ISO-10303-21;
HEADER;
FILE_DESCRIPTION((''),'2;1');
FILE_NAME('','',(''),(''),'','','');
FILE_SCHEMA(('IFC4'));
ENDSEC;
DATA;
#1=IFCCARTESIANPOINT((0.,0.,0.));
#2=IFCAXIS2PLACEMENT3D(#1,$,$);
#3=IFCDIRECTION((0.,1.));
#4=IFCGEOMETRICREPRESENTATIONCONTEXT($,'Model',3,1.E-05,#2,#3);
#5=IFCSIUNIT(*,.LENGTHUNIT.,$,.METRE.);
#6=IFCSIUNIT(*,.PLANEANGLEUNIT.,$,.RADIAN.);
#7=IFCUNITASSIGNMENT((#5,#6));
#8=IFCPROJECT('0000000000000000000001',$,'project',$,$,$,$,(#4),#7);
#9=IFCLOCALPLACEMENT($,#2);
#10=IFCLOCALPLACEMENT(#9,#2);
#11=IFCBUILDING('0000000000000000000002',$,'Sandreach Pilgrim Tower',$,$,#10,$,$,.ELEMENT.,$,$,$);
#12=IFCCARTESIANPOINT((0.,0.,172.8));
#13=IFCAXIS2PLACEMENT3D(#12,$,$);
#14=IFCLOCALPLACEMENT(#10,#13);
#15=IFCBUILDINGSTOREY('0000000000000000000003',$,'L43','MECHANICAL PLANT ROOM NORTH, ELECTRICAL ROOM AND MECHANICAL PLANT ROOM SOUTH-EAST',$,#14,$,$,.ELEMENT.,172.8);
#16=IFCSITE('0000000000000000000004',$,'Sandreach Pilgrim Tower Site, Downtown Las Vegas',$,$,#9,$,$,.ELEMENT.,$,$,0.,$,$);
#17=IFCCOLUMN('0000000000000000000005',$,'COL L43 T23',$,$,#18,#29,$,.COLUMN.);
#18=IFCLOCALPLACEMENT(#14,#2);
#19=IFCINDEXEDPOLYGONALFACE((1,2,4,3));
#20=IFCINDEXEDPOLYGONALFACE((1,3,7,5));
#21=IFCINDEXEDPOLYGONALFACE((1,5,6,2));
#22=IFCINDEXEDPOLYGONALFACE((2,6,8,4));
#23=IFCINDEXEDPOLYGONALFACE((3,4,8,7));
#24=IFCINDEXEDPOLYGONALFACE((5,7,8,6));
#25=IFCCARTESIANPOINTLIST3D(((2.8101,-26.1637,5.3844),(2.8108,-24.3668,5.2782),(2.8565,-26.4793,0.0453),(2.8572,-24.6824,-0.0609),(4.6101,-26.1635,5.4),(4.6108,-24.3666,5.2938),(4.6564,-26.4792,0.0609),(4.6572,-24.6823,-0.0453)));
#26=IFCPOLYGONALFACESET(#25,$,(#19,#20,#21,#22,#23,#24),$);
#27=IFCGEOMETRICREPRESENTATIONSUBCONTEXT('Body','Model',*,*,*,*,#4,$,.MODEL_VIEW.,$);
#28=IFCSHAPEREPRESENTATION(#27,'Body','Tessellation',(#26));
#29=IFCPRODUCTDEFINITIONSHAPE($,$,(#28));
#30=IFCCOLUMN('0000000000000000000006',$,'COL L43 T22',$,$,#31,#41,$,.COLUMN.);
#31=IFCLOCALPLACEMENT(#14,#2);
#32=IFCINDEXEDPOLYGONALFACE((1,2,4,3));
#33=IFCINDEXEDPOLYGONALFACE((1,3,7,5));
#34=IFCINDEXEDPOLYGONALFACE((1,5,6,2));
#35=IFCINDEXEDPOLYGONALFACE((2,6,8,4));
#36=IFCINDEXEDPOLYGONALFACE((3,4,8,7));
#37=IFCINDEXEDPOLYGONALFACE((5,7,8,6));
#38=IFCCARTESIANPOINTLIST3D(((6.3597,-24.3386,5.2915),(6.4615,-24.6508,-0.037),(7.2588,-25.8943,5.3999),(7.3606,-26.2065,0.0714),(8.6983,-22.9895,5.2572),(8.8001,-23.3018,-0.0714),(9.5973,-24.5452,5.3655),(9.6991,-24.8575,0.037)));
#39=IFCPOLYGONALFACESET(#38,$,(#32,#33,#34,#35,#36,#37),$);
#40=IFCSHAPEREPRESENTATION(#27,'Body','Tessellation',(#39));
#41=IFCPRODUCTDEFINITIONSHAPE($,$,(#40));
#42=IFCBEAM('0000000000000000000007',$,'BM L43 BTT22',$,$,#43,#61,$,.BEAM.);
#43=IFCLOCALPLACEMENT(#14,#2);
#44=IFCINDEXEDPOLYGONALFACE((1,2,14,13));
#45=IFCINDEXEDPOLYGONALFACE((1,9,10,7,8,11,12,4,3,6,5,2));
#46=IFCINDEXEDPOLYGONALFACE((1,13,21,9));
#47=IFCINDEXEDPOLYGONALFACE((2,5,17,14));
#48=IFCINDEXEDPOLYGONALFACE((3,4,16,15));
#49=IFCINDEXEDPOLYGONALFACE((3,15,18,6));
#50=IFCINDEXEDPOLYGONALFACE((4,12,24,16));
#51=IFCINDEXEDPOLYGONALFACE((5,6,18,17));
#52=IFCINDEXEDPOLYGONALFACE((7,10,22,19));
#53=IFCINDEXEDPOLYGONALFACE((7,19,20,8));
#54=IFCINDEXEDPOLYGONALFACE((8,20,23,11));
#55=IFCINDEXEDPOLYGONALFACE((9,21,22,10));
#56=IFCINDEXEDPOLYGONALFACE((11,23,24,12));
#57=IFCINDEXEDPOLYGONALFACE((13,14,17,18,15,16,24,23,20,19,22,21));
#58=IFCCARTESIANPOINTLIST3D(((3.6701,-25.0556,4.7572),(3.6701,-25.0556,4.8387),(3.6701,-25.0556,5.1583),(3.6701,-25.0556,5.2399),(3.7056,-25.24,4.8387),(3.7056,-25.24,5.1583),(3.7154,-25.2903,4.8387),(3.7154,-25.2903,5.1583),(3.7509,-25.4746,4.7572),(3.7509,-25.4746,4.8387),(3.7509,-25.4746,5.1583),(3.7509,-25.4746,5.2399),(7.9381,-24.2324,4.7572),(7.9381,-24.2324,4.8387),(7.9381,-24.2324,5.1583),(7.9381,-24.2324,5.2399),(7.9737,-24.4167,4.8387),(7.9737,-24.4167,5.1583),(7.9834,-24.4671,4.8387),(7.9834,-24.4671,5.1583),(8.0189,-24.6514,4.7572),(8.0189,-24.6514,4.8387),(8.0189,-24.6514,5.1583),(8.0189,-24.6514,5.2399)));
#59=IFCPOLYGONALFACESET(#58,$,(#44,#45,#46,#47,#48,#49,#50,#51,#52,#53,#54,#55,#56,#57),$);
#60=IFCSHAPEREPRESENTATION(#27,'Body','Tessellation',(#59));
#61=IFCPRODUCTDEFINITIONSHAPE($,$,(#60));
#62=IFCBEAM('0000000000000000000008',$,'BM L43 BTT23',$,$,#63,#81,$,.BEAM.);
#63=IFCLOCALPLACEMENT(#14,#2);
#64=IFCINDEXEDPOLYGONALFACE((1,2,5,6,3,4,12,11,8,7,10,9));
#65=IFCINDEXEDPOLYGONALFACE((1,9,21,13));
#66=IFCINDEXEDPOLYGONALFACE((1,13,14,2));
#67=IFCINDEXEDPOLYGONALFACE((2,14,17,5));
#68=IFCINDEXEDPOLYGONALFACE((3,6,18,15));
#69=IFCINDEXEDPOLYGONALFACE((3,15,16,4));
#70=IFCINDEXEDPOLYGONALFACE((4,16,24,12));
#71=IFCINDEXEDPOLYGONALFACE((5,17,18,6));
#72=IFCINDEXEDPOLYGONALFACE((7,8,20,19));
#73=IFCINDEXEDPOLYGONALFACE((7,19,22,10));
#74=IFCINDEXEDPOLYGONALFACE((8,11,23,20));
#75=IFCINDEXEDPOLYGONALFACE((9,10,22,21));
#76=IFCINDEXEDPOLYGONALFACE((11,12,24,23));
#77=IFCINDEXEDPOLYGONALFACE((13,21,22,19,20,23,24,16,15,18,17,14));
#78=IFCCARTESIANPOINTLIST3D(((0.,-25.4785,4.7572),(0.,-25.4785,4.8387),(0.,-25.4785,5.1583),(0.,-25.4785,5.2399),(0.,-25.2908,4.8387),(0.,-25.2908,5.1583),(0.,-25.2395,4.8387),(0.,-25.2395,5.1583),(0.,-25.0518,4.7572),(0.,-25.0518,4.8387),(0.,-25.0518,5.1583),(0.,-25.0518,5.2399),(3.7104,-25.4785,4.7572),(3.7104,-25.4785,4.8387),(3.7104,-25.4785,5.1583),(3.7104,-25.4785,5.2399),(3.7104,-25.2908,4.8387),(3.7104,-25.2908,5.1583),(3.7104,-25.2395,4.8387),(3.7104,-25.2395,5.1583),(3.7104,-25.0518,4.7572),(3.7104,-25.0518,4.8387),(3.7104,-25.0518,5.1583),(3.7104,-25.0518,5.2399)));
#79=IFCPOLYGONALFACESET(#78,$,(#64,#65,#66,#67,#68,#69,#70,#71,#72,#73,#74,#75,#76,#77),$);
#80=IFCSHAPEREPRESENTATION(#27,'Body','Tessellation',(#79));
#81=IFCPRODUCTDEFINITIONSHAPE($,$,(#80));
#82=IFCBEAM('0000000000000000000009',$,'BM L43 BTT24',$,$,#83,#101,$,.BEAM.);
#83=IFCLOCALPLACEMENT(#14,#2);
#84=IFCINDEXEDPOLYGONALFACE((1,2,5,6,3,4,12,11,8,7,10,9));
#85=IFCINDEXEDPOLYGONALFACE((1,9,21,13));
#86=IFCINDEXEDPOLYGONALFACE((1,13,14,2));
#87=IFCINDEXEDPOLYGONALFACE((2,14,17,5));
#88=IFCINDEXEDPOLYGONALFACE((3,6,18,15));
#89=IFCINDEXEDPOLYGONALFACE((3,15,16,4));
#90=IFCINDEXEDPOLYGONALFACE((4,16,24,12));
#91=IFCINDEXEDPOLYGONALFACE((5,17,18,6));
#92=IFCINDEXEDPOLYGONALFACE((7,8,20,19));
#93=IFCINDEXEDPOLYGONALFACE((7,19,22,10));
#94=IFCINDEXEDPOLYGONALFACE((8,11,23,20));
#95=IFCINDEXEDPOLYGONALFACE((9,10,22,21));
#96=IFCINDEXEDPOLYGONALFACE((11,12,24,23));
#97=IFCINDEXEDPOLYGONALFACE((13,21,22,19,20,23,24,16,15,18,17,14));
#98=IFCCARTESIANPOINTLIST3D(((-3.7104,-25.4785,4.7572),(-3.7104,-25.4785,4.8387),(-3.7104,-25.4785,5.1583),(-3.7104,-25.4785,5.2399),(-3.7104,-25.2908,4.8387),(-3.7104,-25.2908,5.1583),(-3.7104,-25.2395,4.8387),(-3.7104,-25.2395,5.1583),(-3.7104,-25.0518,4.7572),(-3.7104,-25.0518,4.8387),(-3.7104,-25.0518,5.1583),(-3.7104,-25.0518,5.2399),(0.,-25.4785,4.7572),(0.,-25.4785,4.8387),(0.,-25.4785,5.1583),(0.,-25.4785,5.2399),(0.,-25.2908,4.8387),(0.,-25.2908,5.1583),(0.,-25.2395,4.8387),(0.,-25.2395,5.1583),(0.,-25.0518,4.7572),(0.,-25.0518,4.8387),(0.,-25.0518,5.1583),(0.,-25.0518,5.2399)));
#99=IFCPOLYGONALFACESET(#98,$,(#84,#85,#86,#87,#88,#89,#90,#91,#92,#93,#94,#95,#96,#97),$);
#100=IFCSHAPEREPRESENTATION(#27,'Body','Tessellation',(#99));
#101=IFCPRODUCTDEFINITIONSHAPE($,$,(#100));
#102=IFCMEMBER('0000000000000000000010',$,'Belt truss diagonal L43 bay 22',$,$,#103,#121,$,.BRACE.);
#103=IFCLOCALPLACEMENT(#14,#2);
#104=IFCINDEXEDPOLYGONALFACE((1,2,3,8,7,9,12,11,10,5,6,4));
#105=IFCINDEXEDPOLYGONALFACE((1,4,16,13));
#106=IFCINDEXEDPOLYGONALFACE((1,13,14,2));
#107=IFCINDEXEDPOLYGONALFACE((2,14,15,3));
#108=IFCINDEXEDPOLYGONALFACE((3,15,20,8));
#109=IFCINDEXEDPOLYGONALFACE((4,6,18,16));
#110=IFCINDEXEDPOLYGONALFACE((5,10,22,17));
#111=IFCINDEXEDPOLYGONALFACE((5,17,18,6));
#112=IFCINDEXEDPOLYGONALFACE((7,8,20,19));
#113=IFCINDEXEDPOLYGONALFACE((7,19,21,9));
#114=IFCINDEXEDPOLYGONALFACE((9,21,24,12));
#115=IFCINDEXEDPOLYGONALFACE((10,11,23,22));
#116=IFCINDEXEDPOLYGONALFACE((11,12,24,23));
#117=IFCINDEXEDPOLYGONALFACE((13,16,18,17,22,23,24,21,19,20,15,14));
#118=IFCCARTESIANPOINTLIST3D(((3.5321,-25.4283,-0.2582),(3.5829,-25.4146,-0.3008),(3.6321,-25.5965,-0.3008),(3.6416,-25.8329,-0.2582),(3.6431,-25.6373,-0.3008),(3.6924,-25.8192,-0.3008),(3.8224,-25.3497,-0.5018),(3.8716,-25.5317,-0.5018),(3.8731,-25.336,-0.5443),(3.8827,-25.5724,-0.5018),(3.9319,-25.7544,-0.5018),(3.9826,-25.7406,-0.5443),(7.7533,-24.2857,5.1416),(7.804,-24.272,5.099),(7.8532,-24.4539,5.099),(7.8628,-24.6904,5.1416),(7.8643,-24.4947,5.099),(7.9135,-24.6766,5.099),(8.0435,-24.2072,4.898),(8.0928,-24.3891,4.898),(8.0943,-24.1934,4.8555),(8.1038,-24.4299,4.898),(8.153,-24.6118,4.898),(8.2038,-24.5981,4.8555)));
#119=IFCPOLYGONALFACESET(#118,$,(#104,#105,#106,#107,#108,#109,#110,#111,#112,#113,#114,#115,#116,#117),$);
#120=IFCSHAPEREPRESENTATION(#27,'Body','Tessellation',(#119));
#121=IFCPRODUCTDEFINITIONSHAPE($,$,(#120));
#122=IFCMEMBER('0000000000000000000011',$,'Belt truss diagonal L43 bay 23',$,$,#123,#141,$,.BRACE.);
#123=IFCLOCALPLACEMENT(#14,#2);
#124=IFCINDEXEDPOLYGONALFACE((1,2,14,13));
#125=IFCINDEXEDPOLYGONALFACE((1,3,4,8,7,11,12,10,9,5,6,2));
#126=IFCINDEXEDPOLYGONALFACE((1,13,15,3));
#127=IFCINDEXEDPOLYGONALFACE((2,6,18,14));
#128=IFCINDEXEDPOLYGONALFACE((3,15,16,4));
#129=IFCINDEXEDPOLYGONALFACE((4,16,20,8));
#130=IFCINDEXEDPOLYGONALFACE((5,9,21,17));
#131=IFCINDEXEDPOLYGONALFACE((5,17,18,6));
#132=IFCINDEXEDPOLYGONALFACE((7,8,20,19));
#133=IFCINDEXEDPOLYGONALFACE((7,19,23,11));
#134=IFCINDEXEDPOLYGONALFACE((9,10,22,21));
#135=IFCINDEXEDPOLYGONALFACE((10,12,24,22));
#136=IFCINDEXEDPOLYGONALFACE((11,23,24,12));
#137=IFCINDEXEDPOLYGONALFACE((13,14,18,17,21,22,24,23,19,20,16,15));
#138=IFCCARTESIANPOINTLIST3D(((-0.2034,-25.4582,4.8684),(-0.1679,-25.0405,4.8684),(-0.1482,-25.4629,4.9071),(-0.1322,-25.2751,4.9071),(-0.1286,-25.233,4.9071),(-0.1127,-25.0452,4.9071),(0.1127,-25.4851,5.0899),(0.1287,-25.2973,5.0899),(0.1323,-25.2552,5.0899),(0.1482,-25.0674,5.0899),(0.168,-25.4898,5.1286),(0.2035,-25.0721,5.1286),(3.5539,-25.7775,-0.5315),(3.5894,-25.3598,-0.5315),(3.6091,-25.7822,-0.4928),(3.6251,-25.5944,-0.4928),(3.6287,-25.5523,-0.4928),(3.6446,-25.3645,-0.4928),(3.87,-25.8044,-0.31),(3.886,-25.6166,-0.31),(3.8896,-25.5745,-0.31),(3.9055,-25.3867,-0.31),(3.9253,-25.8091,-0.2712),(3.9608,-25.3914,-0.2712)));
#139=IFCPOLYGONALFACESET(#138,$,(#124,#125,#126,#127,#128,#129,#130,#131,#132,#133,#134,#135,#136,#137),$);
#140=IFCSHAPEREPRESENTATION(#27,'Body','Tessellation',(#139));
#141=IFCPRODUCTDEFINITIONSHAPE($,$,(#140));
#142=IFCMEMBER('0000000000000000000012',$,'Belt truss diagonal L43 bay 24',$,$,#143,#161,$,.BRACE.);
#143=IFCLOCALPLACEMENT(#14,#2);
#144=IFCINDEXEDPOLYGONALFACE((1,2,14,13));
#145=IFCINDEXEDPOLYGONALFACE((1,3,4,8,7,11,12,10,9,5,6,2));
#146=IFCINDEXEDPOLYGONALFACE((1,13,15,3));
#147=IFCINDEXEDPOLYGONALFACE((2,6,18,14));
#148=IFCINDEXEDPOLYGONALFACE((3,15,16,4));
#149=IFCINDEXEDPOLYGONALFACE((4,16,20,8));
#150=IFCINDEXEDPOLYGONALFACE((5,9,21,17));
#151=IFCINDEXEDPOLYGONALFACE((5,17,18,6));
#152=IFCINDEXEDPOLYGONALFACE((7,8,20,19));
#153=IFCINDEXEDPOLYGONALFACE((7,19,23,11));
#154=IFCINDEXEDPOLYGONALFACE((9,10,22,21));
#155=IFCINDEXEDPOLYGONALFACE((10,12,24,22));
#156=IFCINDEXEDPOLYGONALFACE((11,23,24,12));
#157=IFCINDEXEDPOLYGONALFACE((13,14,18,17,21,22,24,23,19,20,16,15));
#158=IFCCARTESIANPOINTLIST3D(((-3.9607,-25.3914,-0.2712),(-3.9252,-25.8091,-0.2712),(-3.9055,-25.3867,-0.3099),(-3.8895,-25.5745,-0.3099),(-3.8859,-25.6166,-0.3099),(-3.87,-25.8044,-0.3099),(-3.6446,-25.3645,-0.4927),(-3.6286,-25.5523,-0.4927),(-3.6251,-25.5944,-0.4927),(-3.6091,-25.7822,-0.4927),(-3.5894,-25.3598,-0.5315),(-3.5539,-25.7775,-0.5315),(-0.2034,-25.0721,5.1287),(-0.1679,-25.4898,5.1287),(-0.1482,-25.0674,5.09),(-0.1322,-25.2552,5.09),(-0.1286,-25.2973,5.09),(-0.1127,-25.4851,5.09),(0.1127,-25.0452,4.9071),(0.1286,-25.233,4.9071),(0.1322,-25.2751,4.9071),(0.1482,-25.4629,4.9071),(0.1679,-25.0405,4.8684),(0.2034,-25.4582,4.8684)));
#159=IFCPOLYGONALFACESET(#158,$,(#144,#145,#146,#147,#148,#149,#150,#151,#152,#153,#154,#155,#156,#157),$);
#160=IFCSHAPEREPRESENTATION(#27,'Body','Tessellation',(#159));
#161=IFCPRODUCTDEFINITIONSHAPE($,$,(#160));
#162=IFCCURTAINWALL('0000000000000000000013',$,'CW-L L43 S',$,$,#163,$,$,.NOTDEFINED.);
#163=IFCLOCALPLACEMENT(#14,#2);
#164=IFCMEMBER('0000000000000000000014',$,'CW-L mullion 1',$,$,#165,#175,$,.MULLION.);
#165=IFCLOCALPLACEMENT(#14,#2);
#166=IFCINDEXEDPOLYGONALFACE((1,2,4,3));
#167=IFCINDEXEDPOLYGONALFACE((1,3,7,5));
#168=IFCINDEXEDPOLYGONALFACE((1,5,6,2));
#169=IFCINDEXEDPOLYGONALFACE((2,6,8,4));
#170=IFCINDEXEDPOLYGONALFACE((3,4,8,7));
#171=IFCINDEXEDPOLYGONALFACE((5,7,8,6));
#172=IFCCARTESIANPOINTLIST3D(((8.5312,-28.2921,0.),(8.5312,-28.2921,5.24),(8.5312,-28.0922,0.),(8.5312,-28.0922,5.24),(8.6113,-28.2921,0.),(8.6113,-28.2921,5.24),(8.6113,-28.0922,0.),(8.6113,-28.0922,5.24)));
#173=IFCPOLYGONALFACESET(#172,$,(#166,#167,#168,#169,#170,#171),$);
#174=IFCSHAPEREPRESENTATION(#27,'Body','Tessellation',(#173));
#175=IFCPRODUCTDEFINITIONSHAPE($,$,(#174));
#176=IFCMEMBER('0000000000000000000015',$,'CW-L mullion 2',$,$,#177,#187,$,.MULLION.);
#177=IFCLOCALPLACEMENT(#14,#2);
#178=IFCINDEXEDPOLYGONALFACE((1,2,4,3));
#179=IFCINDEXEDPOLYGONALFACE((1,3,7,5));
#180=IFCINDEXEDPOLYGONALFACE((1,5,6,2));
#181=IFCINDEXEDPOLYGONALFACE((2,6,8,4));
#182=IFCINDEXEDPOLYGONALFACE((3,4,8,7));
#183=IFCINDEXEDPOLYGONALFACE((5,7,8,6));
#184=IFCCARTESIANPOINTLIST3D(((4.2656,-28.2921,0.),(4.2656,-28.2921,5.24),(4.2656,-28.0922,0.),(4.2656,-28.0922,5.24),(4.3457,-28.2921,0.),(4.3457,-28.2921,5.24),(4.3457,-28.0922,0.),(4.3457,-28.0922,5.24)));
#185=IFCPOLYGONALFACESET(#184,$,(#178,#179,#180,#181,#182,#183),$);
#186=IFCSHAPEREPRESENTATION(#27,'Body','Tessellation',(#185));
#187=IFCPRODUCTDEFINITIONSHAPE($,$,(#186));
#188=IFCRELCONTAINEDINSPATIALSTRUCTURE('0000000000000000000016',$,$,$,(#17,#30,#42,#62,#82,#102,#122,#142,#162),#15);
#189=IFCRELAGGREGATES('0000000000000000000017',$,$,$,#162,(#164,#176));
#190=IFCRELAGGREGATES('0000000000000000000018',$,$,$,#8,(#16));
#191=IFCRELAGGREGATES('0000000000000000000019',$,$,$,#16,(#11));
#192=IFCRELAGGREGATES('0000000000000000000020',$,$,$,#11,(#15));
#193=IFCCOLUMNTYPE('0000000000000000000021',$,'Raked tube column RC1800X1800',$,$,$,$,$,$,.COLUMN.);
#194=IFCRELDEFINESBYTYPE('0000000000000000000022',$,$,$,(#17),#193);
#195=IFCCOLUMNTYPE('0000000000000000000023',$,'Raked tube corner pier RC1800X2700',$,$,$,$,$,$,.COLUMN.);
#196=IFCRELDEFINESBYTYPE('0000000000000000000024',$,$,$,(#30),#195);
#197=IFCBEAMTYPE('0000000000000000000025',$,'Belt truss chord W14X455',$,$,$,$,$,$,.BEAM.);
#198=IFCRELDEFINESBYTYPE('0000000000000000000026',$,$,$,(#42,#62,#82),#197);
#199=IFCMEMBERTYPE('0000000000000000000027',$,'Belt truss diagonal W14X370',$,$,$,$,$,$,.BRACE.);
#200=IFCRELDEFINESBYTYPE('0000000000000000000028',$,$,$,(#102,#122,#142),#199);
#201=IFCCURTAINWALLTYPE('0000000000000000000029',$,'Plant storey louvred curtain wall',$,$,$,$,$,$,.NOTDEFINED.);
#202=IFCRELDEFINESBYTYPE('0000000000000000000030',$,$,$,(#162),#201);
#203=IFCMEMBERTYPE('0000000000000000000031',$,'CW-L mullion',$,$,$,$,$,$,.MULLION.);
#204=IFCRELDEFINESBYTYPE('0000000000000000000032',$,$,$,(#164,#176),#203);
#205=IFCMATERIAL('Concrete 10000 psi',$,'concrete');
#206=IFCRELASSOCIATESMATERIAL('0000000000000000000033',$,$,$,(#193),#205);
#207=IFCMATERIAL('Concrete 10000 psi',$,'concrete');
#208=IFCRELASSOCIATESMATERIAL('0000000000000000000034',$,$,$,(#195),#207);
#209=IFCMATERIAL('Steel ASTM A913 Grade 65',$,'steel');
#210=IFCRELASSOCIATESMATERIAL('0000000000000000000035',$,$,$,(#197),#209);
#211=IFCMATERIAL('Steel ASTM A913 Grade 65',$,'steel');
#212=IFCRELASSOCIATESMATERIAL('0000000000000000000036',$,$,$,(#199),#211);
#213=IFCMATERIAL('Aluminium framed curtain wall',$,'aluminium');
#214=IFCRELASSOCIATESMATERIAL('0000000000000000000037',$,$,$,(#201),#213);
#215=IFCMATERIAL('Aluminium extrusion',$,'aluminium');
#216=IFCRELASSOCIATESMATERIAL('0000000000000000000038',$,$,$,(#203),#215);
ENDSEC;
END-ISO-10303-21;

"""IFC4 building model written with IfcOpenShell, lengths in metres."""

from ifc_helpers import new_model, si_unit, direction, frame, origin, origin_2d, place, context, subcontext, project, spatial, rectangle, i_section, extrude, material, material_profile, profile_set, type_object, element, aggregate, save


model = new_model("IFC4")

# Units and contexts
model_context = context("Model", 3, precision=1e-05, world=origin(), true_north=direction((0.0, 1.0)))
body_context = subcontext(model_context, "Body", "Model", "MODEL_VIEW")
ifc_project = project(units=[si_unit("LENGTHUNIT", "METRE"), si_unit("PLANEANGLEUNIT", "RADIAN")], contexts=[model_context])

# Site, building, storey
site_placement = place(None, origin())
site = spatial("IfcSite", under=ifc_project, at=site_placement, Name="Sandreach Pilgrim Tower Site, Downtown Las Vegas", CompositionType="ELEMENT", RefElevation=0.0)
building_placement = place(site_placement, origin())
building = spatial("IfcBuilding", under=site, at=building_placement, Name="Sandreach Pilgrim Tower", CompositionType="ELEMENT")
storey_placement = place(building_placement, frame((0.0, 0.0, 172.8)))
storey = spatial("IfcBuildingStorey", under=building, at=storey_placement, Name="L43", Description="MECHANICAL PLANT ROOM NORTH, ELECTRICAL ROOM AND MECHANICAL PLANT ROOM SOUTH-EAST", CompositionType="ELEMENT", Elevation=172.8)

# Columns
ifc_material_1 = material(Name="Concrete 10000 psi", Category="concrete")
ifc_material_profile_1 = material_profile(ifc_material_1, rectangle(XDim=1.8, YDim=1.8, at=origin_2d()), Name="RC1800X1800")
ifc_profile_set_1 = profile_set([ifc_material_profile_1], Name="Concrete 10000 psi")
column_type_1 = type_object("IfcColumnType", Name="Raked tube column RC1800X1800", PredefinedType="COLUMN", material=ifc_profile_set_1)
column_1_placement = place(storey_placement, frame((3.7568, -25.5808, 0.0), z_axis=(-0.008673, 0.059019, 0.998219), x_axis=(-0.000428, -0.998257, 0.059018)))
element("IfcColumn", 1, at=column_1_placement, inside=storey, type_object=column_type_1, Name="COL L43 T23", PredefinedType="COLUMN", context=body_context, shape_type="SweptSolid", body=[
    extrude(rectangle(XDim=1.8, YDim=1.8, at=origin_2d()), origin(), (0.0, 0.0, 1.0), 5.3486),
])
ifc_material_2 = material(Name="Concrete 10000 psi", Category="concrete")
ifc_material_profile_2 = material_profile(ifc_material_2, rectangle(XDim=1.8, YDim=2.7, at=origin_2d()), Name="RC1800X2700")
ifc_profile_set_2 = profile_set([ifc_material_profile_2], Name="Concrete 10000 psi")
column_type_2 = type_object("IfcColumnType", Name="Raked tube corner pier RC1800X2700", PredefinedType="COLUMN", material=ifc_profile_set_2)
column_2_placement = place(storey_placement, frame((8.0803, -24.7542, 0.0), z_axis=(-0.019069, 0.058489, 0.998106), x_axis=(0.499452, -0.864249, 0.060187)))
element("IfcColumn", 2, at=column_2_placement, inside=storey, type_object=column_type_2, Name="COL L43 T22", PredefinedType="COLUMN", context=body_context, shape_type="SweptSolid", body=[
    extrude(rectangle(XDim=1.8, YDim=2.7, at=origin_2d()), origin(), (0.0, 0.0, 1.0), 5.3386),
])

# Beams
ifc_material_3 = material(Name="Steel ASTM A913 Grade 65", Category="steel")
ifc_material_profile_3 = material_profile(ifc_material_3, i_section(OverallWidth=0.4268, OverallDepth=0.4827, WebThickness=0.0513, FlangeThickness=0.0815, at=origin_2d()), Name="W14X455")
ifc_profile_set_3 = profile_set([ifc_material_profile_3], Name="Steel ASTM A913 Grade 65")
beam_type_1 = type_object("IfcBeamType", Name="Belt truss chord W14X455", PredefinedType="BEAM", material=ifc_profile_set_3)
beam_1_placement = place(storey_placement, frame((7.9785, -24.4419, 4.9985), z_axis=(-0.981901, -0.189393, 0.0), x_axis=(0.189393, -0.981901, 0.0)))
element("IfcBeam", 3, at=beam_1_placement, inside=storey, type_object=beam_type_1, Name="BM L43 BTT22", PredefinedType="BEAM", context=body_context, shape_type="SweptSolid", body=[
    extrude(i_section(OverallWidth=0.4268, OverallDepth=0.4827, WebThickness=0.0513, FlangeThickness=0.0815, at=origin_2d()), origin(), (0.0, 0.0, 1.0), 4.3467),
])
for number, where, z_axis, x_axis, name in (
    (4, (3.7104, -25.2651, 4.9985), (-1.0, 0.0, 0.0), (0.0, -1.0, 0.0), "BM L43 BTT23"),
    (5, (0.0, -25.2651, 4.9985), (-1.0, 0.0, 0.0), (0.0, -1.0, 0.0), "BM L43 BTT24"),
):
    element("IfcBeam", number, at=place(storey_placement, frame(where, z_axis=z_axis, x_axis=x_axis)), inside=storey, type_object=beam_type_1, Name=name, PredefinedType="BEAM", context=body_context, shape_type="SweptSolid", body=[
        extrude(i_section(OverallWidth=0.4268, OverallDepth=0.4827, WebThickness=0.0513, FlangeThickness=0.0815, at=origin_2d()), origin(), (0.0, 0.0, 1.0), 3.7104),
    ])

# Members
ifc_material_4 = material(Name="Steel ASTM A913 Grade 65", Category="steel")
ifc_material_profile_4 = material_profile(ifc_material_4, i_section(OverallWidth=0.4192, OverallDepth=0.4546, WebThickness=0.0422, FlangeThickness=0.0676, at=origin_2d()), Name="W14X370")
ifc_profile_set_4 = profile_set([ifc_material_profile_4], Name="Steel ASTM A913 Grade 65")
member_type_1 = type_object("IfcMemberType", Name="Belt truss diagonal W14X370", PredefinedType="BRACE", material=ifc_profile_set_4)
member_1_placement = place(storey_placement, frame((7.9785, -24.4419, 4.9985), z_axis=(-0.607489, -0.164433, -0.777122), x_axis=(0.261275, -0.965265, 0.0)))
element("IfcMember", 6, at=member_1_placement, inside=storey, type_object=member_type_1, Name="Belt truss diagonal L43 bay 22", PredefinedType="BRACE", context=body_context, shape_type="SweptSolid", body=[
    extrude(i_section(OverallWidth=0.4192, OverallDepth=0.4546, WebThickness=0.0422, FlangeThickness=0.0676, at=origin_2d()), origin(), (0.0, 0.0, 1.0), 6.9485),
])
for number, where, z_axis, x_axis, name in (
    (7, (3.7573, -25.5845, -0.4014), (-0.570482, 0.048485, 0.819878), (-0.084685, -0.996408, 0.0), "Belt truss diagonal L43 bay 23"),
    (8, (0.0, -25.2651, 4.9985), (-0.570482, -0.048485, -0.819878), (0.084685, -0.996408, 0.0), "Belt truss diagonal L43 bay 24"),
):
    element("IfcMember", number, at=place(storey_placement, frame(where, z_axis=z_axis, x_axis=x_axis)), inside=storey, type_object=member_type_1, Name=name, PredefinedType="BRACE", context=body_context, shape_type="SweptSolid", body=[
        extrude(i_section(OverallWidth=0.4192, OverallDepth=0.4546, WebThickness=0.0422, FlangeThickness=0.0676, at=origin_2d()), origin(), (0.0, 0.0, 1.0), 6.5862),
    ])

# Curtain wall, members
ifc_material_5 = material(Name="Aluminium framed curtain wall", Category="aluminium")
curtain_wall_type = type_object("IfcCurtainWallType", Name="Plant storey louvred curtain wall", PredefinedType="NOTDEFINED", material=ifc_material_5)
curtain_wall_placement = place(storey_placement, origin())
curtain_wall = element("IfcCurtainWall", 9, at=curtain_wall_placement, inside=storey, type_object=curtain_wall_type, Name="CW-L L43 S", PredefinedType="NOTDEFINED")
ifc_material_6 = material(Name="Aluminium extrusion", Category="aluminium")
ifc_material_profile_5 = material_profile(ifc_material_6, rectangle(XDim=0.0801, YDim=0.2, at=origin_2d()), Name="CW-LM 80X200")
ifc_profile_set_5 = profile_set([ifc_material_profile_5], Name="Aluminium extrusion")
member_type_2 = type_object("IfcMemberType", Name="CW-L mullion", PredefinedType="MULLION", material=ifc_profile_set_5)
member_2_placement = place(storey_placement, frame((8.5713, -28.1921, 0.0), z_axis=(0.0, 0.0, 1.0), x_axis=(-1.0, 0.0, 0.0)))
member_2 = element("IfcMember", 10, at=member_2_placement, type_object=member_type_2, Name="CW-L mullion 1", PredefinedType="MULLION", context=body_context, shape_type="SweptSolid", body=[
    extrude(rectangle(XDim=0.0801, YDim=0.2, at=origin_2d()), origin(), (0.0, 0.0, 1.0), 5.24),
])
member_3_placement = place(storey_placement, frame((4.3057, -28.1921, 0.0), z_axis=(0.0, 0.0, 1.0), x_axis=(-1.0, 0.0, 0.0)))
member_3 = element("IfcMember", 11, at=member_3_placement, type_object=member_type_2, Name="CW-L mullion 2", PredefinedType="MULLION", context=body_context, shape_type="SweptSolid", body=[
    extrude(rectangle(XDim=0.0801, YDim=0.2, at=origin_2d()), origin(), (0.0, 0.0, 1.0), 5.24),
])

aggregate(curtain_wall, [member_2, member_3])

save(model, "model.ifc")
